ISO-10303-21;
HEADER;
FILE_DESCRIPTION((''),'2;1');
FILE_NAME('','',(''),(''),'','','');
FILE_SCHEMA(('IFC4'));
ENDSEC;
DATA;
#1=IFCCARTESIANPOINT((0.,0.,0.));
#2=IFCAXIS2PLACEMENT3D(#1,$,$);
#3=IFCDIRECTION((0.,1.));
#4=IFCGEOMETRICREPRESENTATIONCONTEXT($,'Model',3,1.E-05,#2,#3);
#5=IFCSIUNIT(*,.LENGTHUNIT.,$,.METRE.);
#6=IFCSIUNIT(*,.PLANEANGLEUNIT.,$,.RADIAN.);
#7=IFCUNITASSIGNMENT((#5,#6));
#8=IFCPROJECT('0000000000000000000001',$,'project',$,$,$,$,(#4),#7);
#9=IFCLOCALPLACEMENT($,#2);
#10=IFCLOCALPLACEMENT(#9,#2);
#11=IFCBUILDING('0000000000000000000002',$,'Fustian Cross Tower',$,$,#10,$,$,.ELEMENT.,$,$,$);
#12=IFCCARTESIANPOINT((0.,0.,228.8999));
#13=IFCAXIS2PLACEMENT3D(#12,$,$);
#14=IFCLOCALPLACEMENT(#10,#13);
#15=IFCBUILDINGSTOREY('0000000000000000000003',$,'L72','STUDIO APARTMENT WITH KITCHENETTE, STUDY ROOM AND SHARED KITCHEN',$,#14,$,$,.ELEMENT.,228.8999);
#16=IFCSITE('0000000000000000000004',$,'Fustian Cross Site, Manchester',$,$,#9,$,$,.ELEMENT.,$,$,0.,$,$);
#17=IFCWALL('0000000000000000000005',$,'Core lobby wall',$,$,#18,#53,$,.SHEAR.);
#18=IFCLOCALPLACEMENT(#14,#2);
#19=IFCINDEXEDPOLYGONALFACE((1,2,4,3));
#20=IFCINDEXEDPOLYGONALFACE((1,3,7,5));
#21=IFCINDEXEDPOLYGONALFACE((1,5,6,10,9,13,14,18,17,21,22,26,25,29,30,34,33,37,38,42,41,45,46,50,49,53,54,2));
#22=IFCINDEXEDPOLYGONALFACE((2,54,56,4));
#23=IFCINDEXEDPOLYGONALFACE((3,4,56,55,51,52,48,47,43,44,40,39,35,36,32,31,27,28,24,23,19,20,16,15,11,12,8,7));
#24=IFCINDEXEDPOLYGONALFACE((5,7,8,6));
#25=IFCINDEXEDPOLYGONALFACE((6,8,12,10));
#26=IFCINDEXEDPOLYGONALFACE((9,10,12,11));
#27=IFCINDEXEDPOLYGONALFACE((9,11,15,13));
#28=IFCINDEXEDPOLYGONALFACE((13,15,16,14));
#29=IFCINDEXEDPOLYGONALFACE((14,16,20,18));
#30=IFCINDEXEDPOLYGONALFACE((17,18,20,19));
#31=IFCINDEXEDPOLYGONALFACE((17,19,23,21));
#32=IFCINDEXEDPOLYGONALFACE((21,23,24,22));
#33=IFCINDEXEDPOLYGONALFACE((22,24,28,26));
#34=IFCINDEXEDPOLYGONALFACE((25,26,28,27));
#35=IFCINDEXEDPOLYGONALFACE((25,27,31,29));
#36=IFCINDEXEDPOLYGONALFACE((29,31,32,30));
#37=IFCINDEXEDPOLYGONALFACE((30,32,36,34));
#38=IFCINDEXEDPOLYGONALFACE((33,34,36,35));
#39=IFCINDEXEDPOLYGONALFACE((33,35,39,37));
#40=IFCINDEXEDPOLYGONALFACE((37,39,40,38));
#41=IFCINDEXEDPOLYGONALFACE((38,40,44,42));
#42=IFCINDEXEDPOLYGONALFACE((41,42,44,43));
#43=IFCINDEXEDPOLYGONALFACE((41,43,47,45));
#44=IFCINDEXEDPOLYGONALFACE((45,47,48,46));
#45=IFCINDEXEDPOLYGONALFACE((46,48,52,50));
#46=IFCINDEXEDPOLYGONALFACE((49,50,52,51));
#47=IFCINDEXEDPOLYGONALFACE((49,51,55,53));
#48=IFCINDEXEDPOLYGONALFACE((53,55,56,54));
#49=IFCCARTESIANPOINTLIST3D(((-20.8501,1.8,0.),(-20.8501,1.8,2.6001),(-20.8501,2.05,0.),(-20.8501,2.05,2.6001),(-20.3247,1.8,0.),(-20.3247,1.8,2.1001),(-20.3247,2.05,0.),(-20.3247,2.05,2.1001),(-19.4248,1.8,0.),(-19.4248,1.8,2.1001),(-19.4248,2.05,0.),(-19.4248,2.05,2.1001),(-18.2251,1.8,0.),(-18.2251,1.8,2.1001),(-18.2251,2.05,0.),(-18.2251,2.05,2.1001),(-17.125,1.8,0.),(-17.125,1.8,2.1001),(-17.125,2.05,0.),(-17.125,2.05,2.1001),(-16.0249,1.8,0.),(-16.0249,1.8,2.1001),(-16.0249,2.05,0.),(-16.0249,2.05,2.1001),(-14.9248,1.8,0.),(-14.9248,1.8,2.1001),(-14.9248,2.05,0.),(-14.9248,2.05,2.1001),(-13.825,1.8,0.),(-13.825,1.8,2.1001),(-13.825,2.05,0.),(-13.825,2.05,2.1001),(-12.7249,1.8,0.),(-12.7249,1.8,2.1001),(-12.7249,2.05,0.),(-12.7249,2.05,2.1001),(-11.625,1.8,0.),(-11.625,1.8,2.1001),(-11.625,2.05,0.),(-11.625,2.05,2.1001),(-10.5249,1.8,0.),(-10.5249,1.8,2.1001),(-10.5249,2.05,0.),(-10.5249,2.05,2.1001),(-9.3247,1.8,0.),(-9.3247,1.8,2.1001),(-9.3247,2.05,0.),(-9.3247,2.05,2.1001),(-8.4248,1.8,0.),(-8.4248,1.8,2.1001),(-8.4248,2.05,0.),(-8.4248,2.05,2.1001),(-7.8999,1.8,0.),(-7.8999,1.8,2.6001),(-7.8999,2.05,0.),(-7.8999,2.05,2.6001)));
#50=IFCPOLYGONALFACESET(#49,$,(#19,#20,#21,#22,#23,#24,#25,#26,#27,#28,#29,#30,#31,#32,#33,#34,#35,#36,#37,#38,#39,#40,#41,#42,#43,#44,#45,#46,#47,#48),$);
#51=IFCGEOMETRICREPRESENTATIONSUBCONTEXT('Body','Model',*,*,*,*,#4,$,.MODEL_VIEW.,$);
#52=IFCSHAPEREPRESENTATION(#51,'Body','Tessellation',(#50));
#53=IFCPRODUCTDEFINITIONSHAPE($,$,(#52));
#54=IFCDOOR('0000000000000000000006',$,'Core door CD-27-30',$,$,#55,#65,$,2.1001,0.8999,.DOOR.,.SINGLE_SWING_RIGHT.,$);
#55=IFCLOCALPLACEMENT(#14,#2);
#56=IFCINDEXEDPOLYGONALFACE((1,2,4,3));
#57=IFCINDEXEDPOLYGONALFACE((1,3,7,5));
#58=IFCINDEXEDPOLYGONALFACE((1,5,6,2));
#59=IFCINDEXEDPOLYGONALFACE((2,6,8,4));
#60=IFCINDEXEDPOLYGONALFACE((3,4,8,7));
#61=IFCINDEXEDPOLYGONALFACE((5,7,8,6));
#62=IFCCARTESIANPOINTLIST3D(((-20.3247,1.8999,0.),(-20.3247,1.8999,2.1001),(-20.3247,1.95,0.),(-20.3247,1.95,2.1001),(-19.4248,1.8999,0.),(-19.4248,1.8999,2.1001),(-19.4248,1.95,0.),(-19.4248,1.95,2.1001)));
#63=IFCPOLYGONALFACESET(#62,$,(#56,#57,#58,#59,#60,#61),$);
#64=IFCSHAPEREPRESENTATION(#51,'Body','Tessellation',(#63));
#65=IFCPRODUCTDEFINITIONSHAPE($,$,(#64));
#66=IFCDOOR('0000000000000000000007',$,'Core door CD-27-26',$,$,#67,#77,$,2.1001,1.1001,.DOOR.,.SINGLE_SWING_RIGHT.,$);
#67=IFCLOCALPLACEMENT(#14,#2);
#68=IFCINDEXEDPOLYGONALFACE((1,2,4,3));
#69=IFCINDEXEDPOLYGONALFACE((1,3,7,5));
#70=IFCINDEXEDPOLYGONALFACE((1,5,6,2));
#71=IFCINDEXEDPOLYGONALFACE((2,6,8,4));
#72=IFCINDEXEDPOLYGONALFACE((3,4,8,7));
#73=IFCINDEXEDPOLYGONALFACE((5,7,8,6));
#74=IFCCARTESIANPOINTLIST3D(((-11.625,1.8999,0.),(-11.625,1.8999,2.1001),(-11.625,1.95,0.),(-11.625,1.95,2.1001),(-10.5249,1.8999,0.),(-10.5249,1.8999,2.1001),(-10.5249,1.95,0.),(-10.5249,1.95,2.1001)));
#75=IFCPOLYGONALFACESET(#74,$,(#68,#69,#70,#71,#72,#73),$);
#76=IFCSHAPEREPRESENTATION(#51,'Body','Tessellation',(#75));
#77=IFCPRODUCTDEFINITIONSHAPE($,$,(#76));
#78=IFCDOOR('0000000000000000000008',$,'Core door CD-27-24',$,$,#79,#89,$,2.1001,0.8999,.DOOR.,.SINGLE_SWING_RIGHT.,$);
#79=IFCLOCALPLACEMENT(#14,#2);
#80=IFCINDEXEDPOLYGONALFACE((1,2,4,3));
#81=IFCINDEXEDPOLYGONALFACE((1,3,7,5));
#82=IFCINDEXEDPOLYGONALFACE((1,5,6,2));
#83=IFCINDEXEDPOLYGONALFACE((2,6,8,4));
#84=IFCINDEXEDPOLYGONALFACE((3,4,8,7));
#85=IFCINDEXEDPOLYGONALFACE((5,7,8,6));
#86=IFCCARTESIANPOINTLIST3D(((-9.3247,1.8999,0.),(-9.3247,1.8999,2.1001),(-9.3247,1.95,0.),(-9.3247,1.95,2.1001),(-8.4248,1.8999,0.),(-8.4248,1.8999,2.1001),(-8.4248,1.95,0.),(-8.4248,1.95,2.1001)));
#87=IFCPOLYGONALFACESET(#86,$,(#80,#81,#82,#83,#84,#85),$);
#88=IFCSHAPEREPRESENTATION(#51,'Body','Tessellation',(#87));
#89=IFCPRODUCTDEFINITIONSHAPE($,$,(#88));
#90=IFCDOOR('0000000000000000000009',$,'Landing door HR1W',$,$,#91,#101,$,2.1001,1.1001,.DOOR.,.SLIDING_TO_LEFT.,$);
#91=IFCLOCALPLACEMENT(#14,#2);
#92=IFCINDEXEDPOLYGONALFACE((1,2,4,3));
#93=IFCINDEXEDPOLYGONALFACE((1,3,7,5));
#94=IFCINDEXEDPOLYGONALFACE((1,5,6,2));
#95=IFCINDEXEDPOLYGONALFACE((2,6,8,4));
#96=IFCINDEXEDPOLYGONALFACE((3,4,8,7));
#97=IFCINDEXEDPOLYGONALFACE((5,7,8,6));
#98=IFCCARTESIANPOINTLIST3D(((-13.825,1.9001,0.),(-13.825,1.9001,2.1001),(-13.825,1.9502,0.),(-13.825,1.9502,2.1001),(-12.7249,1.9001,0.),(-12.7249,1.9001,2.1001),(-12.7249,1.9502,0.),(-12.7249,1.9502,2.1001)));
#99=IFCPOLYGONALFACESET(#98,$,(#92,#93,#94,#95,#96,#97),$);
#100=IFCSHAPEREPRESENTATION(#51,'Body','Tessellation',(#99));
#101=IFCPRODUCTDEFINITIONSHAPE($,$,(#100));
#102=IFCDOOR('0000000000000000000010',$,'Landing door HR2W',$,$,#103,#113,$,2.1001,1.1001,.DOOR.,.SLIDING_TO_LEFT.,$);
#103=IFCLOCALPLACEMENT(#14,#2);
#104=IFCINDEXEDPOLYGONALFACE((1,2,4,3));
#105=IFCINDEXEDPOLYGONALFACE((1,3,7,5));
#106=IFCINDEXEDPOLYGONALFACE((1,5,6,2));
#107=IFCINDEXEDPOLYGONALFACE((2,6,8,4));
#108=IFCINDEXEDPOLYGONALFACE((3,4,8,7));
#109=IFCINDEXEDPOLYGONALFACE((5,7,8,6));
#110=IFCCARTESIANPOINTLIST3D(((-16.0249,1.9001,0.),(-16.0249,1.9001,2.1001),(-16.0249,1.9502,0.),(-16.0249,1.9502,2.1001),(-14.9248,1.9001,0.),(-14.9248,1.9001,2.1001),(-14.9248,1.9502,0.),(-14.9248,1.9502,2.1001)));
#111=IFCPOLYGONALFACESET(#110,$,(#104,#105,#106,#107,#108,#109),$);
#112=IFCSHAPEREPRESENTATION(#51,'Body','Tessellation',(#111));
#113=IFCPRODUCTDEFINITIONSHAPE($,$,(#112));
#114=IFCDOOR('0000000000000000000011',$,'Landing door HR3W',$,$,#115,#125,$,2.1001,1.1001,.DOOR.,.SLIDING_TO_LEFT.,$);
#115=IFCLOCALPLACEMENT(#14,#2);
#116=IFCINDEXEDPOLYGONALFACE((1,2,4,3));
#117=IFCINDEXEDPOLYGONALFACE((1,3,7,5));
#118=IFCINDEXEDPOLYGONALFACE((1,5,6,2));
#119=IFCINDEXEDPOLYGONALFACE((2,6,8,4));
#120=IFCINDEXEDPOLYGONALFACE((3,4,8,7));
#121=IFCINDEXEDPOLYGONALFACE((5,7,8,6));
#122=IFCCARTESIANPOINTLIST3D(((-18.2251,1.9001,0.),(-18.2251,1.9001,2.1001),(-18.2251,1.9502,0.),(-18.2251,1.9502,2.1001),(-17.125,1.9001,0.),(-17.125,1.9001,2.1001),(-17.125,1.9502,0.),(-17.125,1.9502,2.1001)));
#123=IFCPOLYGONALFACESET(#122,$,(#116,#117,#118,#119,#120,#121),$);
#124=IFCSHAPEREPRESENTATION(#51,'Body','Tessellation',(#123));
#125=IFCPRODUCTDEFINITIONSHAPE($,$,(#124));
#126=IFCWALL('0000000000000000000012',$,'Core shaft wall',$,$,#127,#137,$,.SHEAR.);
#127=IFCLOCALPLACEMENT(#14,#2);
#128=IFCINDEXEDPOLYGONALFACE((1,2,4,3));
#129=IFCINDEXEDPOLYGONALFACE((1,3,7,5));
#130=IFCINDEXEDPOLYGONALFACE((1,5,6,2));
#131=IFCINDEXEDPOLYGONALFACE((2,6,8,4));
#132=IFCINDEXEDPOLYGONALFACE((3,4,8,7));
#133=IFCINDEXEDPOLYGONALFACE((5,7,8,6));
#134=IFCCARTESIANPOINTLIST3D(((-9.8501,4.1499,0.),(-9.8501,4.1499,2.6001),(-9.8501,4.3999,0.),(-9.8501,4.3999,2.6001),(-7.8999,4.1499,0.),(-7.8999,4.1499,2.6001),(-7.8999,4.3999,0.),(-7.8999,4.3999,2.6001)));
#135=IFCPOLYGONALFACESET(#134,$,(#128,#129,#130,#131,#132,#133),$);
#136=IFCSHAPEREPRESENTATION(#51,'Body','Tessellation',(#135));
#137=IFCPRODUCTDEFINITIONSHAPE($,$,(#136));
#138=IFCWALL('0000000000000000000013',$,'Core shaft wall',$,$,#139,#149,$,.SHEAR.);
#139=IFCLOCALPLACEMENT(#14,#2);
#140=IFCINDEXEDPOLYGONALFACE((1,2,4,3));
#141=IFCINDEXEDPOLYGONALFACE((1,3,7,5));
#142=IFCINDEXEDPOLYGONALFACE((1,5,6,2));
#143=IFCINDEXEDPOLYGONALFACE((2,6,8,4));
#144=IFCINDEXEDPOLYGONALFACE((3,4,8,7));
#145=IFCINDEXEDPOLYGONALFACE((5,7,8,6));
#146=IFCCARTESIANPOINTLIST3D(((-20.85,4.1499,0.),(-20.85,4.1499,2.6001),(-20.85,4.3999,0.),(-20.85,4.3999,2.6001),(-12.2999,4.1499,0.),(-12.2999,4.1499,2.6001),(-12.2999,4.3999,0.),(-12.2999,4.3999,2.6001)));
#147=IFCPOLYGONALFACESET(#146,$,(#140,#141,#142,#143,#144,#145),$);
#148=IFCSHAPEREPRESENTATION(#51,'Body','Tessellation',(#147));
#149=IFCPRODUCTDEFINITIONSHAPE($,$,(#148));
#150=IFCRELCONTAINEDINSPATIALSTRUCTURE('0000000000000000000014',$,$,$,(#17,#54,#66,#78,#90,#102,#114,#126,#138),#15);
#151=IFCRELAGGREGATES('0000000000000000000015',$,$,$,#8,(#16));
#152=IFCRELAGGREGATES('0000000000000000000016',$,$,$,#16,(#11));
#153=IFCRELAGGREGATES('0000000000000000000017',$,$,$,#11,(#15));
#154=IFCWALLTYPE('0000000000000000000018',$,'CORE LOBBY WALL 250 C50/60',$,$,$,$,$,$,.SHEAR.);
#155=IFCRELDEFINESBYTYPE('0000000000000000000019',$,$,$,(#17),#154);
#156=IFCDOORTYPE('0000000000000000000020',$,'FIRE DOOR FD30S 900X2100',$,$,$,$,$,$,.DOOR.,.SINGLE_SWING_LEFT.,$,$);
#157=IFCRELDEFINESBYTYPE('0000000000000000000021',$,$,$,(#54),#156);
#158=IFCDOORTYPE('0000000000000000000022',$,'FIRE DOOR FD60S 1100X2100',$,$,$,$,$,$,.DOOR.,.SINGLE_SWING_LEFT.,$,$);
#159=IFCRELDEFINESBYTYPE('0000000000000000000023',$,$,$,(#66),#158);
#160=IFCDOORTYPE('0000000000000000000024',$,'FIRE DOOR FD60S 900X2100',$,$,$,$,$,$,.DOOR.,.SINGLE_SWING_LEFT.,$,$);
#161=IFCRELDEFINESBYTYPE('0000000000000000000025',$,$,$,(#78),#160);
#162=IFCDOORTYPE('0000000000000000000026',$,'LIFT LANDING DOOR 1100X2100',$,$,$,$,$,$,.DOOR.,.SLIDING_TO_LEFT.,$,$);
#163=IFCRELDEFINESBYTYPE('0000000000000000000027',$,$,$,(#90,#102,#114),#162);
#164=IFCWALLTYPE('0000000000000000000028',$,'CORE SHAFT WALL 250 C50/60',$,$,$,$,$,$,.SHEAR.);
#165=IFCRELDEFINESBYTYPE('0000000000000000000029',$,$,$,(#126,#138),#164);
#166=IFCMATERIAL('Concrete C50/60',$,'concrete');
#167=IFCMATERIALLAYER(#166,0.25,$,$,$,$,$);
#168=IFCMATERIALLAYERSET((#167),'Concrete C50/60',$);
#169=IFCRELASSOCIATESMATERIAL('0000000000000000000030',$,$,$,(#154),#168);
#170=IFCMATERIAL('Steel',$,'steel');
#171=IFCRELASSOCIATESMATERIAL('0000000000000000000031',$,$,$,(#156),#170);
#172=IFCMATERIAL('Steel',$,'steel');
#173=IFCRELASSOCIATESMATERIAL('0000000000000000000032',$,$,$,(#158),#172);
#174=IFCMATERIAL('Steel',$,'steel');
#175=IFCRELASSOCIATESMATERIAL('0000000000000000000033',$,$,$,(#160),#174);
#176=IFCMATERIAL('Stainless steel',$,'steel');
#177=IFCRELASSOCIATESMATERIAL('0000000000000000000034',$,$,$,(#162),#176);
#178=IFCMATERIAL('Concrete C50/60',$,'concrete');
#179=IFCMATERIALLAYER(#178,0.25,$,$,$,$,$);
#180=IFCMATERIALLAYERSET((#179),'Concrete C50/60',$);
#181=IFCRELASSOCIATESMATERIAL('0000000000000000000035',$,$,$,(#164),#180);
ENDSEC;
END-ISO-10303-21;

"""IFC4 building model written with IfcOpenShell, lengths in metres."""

from ifc_helpers import new_model, si_unit, direction, frame, frame_2d, origin, place, context, subcontext, project, spatial, rectangle, extrude, material, layer, layer_set, type_object, element, fill, save


model = new_model("IFC4")

# Units and contexts
model_context = context("Model", 3, precision=1e-05, world=origin(), true_north=direction((0.0, 1.0)))
body_context = subcontext(model_context, "Body", "Model", "MODEL_VIEW")
ifc_project = project(units=[si_unit("LENGTHUNIT", "METRE"), si_unit("PLANEANGLEUNIT", "RADIAN")], contexts=[model_context])

# Site, building, storey
site_placement = place(None, origin())
site = spatial("IfcSite", under=ifc_project, at=site_placement, Name="Fustian Cross Site, Manchester", CompositionType="ELEMENT", RefElevation=0.0)
building_placement = place(site_placement, origin())
building = spatial("IfcBuilding", under=site, at=building_placement, Name="Fustian Cross Tower", CompositionType="ELEMENT")
storey_placement = place(building_placement, frame((0.0, 0.0, 228.8999)))
storey = spatial("IfcBuildingStorey", under=building, at=storey_placement, Name="L72", Description="STUDIO APARTMENT WITH KITCHENETTE, STUDY ROOM AND SHARED KITCHEN", CompositionType="ELEMENT", Elevation=228.8999)

# Wall, openings, doors
ifc_material_1 = material(Name="Concrete C50/60", Category="concrete")
ifc_layer_1 = layer(ifc_material_1, 0.25)
ifc_layer_set_1 = layer_set([ifc_layer_1], Name="Concrete C50/60")
wall_type_1 = type_object("IfcWallType", Name="CORE LOBBY WALL 250 C50/60", PredefinedType="SHEAR", material=ifc_layer_set_1)
wall_1_placement = place(storey_placement, frame((-7.8999, 1.925, 0.0), z_axis=(0.0, 0.0, 1.0), x_axis=(-1.0, 0.0, 0.0)))
wall_1 = element("IfcWall", 1, at=wall_1_placement, inside=storey, type_object=wall_type_1, Name="Core lobby wall", PredefinedType="SHEAR", context=body_context, shape_type="SweptSolid", body=[
    extrude(rectangle(XDim=12.9502, YDim=0.25, at=frame_2d((6.4751, 0.0))), origin(), (0.0, 0.0, 1.0), 2.6001),
])
opening_1_placement = place(wall_1_placement, frame((4.825, 0.0, 0.0)))
opening_1 = element("IfcOpeningElement", 2, at=opening_1_placement, cuts=wall_1, PredefinedType="OPENING", context=body_context, shape_type="SweptSolid", body=[
    extrude(rectangle(XDim=1.1001, YDim=2.1001, at=frame_2d((0.55, 1.05))), frame((0.0, 0.135, 0.0), z_axis=(0.0, -1.0, 0.0), x_axis=(1.0, 0.0, 0.0)), (0.0, 0.0, 1.0), 0.27),
])
opening_2_placement = place(wall_1_placement, frame((7.0249, 0.0, 0.0)))
opening_2 = element("IfcOpeningElement", 3, at=opening_2_placement, cuts=wall_1, PredefinedType="OPENING", context=body_context, shape_type="SweptSolid", body=[
    extrude(rectangle(XDim=1.1001, YDim=2.1001, at=frame_2d((0.55, 1.05))), frame((0.0, 0.135, 0.0), z_axis=(0.0, -1.0, 0.0), x_axis=(1.0, 0.0, 0.0)), (0.0, 0.0, 1.0), 0.27),
])
opening_3_placement = place(wall_1_placement, frame((9.2251, 0.0, 0.0)))
opening_3 = element("IfcOpeningElement", 4, at=opening_3_placement, cuts=wall_1, PredefinedType="OPENING", context=body_context, shape_type="SweptSolid", body=[
    extrude(rectangle(XDim=1.1001, YDim=2.1001, at=frame_2d((0.55, 1.05))), frame((0.0, 0.135, 0.0), z_axis=(0.0, -1.0, 0.0), x_axis=(1.0, 0.0, 0.0)), (0.0, 0.0, 1.0), 0.27),
])
opening_4_placement = place(wall_1_placement, frame((0.5249, 0.0, 0.0)))
opening_4 = element("IfcOpeningElement", 5, at=opening_4_placement, cuts=wall_1, PredefinedType="OPENING", context=body_context, shape_type="SweptSolid", body=[
    extrude(rectangle(XDim=0.8999, YDim=2.1001, at=frame_2d((0.45, 1.05))), frame((0.0, 0.135, 0.0), z_axis=(0.0, -1.0, 0.0), x_axis=(1.0, 0.0, 0.0)), (0.0, 0.0, 1.0), 0.27),
])
opening_5_placement = place(wall_1_placement, frame((2.625, 0.0, 0.0)))
opening_5 = element("IfcOpeningElement", 6, at=opening_5_placement, cuts=wall_1, PredefinedType="OPENING", context=body_context, shape_type="SweptSolid", body=[
    extrude(rectangle(XDim=1.1001, YDim=2.1001, at=frame_2d((0.55, 1.05))), frame((0.0, 0.135, 0.0), z_axis=(0.0, -1.0, 0.0), x_axis=(1.0, 0.0, 0.0)), (0.0, 0.0, 1.0), 0.27),
])
opening_6_placement = place(wall_1_placement, frame((11.5249, 0.0, 0.0)))
opening_6 = element("IfcOpeningElement", 7, at=opening_6_placement, cuts=wall_1, PredefinedType="OPENING", context=body_context, shape_type="SweptSolid", body=[
    extrude(rectangle(XDim=0.8999, YDim=2.1001, at=frame_2d((0.45, 1.05))), frame((0.0, 0.135, 0.0), z_axis=(0.0, -1.0, 0.0), x_axis=(1.0, 0.0, 0.0)), (0.0, 0.0, 1.0), 0.27),
])
ifc_material_2 = material(Name="Steel", Category="steel")
door_type_1 = type_object("IfcDoorType", Name="FIRE DOOR FD30S 900X2100", OperationType="SINGLE_SWING_LEFT", PredefinedType="DOOR", material=ifc_material_2)
door_1_placement = place(opening_6_placement, frame((0.8999, 0.0, 0.0), z_axis=(0.0, 0.0, 1.0), x_axis=(-1.0, 0.0, 0.0)))
door_1 = element("IfcDoor", 8, at=door_1_placement, inside=storey, type_object=door_type_1, Name="Core door CD-27-30", OperationType="SINGLE_SWING_RIGHT", OverallHeight=2.1001, OverallWidth=0.8999, PredefinedType="DOOR", context=body_context, shape_type="SweptSolid", body=[
    extrude(rectangle(XDim=0.8999, YDim=2.1001, at=frame_2d((0.45, 1.05))), frame((0.0, 0.0249, 0.0), z_axis=(0.0, -1.0, 0.0), x_axis=(1.0, 0.0, 0.0)), (0.0, 0.0, 1.0), 0.05),
])
fill(opening_6, door_1)
ifc_material_3 = material(Name="Steel", Category="steel")
door_type_2 = type_object("IfcDoorType", Name="FIRE DOOR FD60S 1100X2100", OperationType="SINGLE_SWING_LEFT", PredefinedType="DOOR", material=ifc_material_3)
door_2_placement = place(opening_5_placement, frame((1.1001, 0.0, 0.0), z_axis=(0.0, 0.0, 1.0), x_axis=(-1.0, 0.0, 0.0)))
door_2 = element("IfcDoor", 9, at=door_2_placement, inside=storey, type_object=door_type_2, Name="Core door CD-27-26", OperationType="SINGLE_SWING_RIGHT", OverallHeight=2.1001, OverallWidth=1.1001, PredefinedType="DOOR", context=body_context, shape_type="SweptSolid", body=[
    extrude(rectangle(XDim=1.1001, YDim=2.1001, at=frame_2d((0.55, 1.05))), frame((0.0, 0.0249, 0.0), z_axis=(0.0, -1.0, 0.0), x_axis=(1.0, 0.0, 0.0)), (0.0, 0.0, 1.0), 0.05),
])
fill(opening_5, door_2)
ifc_material_4 = material(Name="Steel", Category="steel")
door_type_3 = type_object("IfcDoorType", Name="FIRE DOOR FD60S 900X2100", OperationType="SINGLE_SWING_LEFT", PredefinedType="DOOR", material=ifc_material_4)
door_3_placement = place(opening_4_placement, frame((0.8999, 0.0, 0.0), z_axis=(0.0, 0.0, 1.0), x_axis=(-1.0, 0.0, 0.0)))
door_3 = element("IfcDoor", 10, at=door_3_placement, inside=storey, type_object=door_type_3, Name="Core door CD-27-24", OperationType="SINGLE_SWING_RIGHT", OverallHeight=2.1001, OverallWidth=0.8999, PredefinedType="DOOR", context=body_context, shape_type="SweptSolid", body=[
    extrude(rectangle(XDim=0.8999, YDim=2.1001, at=frame_2d((0.45, 1.05))), frame((0.0, 0.0249, 0.0), z_axis=(0.0, -1.0, 0.0), x_axis=(1.0, 0.0, 0.0)), (0.0, 0.0, 1.0), 0.05),
])
fill(opening_4, door_3)
ifc_material_5 = material(Name="Stainless steel", Category="steel")
door_type_4 = type_object("IfcDoorType", Name="LIFT LANDING DOOR 1100X2100", OperationType="SLIDING_TO_LEFT", PredefinedType="DOOR", material=ifc_material_5)
door_4_placement = place(opening_1_placement, origin())
door_4 = element("IfcDoor", 11, at=door_4_placement, inside=storey, type_object=door_type_4, Name="Landing door HR1W", OperationType="SLIDING_TO_LEFT", OverallHeight=2.1001, OverallWidth=1.1001, PredefinedType="DOOR", context=body_context, shape_type="SweptSolid", body=[
    extrude(rectangle(XDim=1.1001, YDim=2.1001, at=frame_2d((0.55, 1.05))), frame((0.0, 0.0249, 0.0), z_axis=(0.0, -1.0, 0.0), x_axis=(1.0, 0.0, 0.0)), (0.0, 0.0, 1.0), 0.05),
])
fill(opening_1, door_4)
door_5_placement = place(opening_2_placement, origin())
door_5 = element("IfcDoor", 12, at=door_5_placement, inside=storey, type_object=door_type_4, Name="Landing door HR2W", OperationType="SLIDING_TO_LEFT", OverallHeight=2.1001, OverallWidth=1.1001, PredefinedType="DOOR", context=body_context, shape_type="SweptSolid", body=[
    extrude(rectangle(XDim=1.1001, YDim=2.1001, at=frame_2d((0.55, 1.05))), frame((0.0, 0.0249, 0.0), z_axis=(0.0, -1.0, 0.0), x_axis=(1.0, 0.0, 0.0)), (0.0, 0.0, 1.0), 0.05),
])
fill(opening_2, door_5)
door_6_placement = place(opening_3_placement, origin())
door_6 = element("IfcDoor", 13, at=door_6_placement, inside=storey, type_object=door_type_4, Name="Landing door HR3W", OperationType="SLIDING_TO_LEFT", OverallHeight=2.1001, OverallWidth=1.1001, PredefinedType="DOOR", context=body_context, shape_type="SweptSolid", body=[
    extrude(rectangle(XDim=1.1001, YDim=2.1001, at=frame_2d((0.55, 1.05))), frame((0.0, 0.0249, 0.0), z_axis=(0.0, -1.0, 0.0), x_axis=(1.0, 0.0, 0.0)), (0.0, 0.0, 1.0), 0.05),
])
fill(opening_3, door_6)

# Walls
ifc_material_6 = material(Name="Concrete C50/60", Category="concrete")
ifc_layer_2 = layer(ifc_material_6, 0.25)
ifc_layer_set_2 = layer_set([ifc_layer_2], Name="Concrete C50/60")
wall_type_2 = type_object("IfcWallType", Name="CORE SHAFT WALL 250 C50/60", PredefinedType="SHEAR", material=ifc_layer_set_2)
wall_2_placement = place(storey_placement, frame((-7.8999, 4.2749, 0.0), z_axis=(0.0, 0.0, 1.0), x_axis=(-1.0, 0.0, 0.0)))
element("IfcWall", 14, at=wall_2_placement, inside=storey, type_object=wall_type_2, Name="Core shaft wall", PredefinedType="SHEAR", context=body_context, shape_type="SweptSolid", body=[
    extrude(rectangle(XDim=1.9502, YDim=0.25, at=frame_2d((0.9751, 0.0))), origin(), (0.0, 0.0, 1.0), 2.6001),
])
wall_3_placement = place(storey_placement, frame((-12.3, 4.2749, 0.0), z_axis=(0.0, 0.0, 1.0), x_axis=(-1.0, 0.0, 0.0)))
element("IfcWall", 15, at=wall_3_placement, inside=storey, type_object=wall_type_2, Name="Core shaft wall", PredefinedType="SHEAR", context=body_context, shape_type="SweptSolid", body=[
    extrude(rectangle(XDim=8.55, YDim=0.25, at=frame_2d((4.2749, 0.0))), origin(), (0.0, 0.0, 1.0), 2.6001),
])

save(model, "model.ifc")
